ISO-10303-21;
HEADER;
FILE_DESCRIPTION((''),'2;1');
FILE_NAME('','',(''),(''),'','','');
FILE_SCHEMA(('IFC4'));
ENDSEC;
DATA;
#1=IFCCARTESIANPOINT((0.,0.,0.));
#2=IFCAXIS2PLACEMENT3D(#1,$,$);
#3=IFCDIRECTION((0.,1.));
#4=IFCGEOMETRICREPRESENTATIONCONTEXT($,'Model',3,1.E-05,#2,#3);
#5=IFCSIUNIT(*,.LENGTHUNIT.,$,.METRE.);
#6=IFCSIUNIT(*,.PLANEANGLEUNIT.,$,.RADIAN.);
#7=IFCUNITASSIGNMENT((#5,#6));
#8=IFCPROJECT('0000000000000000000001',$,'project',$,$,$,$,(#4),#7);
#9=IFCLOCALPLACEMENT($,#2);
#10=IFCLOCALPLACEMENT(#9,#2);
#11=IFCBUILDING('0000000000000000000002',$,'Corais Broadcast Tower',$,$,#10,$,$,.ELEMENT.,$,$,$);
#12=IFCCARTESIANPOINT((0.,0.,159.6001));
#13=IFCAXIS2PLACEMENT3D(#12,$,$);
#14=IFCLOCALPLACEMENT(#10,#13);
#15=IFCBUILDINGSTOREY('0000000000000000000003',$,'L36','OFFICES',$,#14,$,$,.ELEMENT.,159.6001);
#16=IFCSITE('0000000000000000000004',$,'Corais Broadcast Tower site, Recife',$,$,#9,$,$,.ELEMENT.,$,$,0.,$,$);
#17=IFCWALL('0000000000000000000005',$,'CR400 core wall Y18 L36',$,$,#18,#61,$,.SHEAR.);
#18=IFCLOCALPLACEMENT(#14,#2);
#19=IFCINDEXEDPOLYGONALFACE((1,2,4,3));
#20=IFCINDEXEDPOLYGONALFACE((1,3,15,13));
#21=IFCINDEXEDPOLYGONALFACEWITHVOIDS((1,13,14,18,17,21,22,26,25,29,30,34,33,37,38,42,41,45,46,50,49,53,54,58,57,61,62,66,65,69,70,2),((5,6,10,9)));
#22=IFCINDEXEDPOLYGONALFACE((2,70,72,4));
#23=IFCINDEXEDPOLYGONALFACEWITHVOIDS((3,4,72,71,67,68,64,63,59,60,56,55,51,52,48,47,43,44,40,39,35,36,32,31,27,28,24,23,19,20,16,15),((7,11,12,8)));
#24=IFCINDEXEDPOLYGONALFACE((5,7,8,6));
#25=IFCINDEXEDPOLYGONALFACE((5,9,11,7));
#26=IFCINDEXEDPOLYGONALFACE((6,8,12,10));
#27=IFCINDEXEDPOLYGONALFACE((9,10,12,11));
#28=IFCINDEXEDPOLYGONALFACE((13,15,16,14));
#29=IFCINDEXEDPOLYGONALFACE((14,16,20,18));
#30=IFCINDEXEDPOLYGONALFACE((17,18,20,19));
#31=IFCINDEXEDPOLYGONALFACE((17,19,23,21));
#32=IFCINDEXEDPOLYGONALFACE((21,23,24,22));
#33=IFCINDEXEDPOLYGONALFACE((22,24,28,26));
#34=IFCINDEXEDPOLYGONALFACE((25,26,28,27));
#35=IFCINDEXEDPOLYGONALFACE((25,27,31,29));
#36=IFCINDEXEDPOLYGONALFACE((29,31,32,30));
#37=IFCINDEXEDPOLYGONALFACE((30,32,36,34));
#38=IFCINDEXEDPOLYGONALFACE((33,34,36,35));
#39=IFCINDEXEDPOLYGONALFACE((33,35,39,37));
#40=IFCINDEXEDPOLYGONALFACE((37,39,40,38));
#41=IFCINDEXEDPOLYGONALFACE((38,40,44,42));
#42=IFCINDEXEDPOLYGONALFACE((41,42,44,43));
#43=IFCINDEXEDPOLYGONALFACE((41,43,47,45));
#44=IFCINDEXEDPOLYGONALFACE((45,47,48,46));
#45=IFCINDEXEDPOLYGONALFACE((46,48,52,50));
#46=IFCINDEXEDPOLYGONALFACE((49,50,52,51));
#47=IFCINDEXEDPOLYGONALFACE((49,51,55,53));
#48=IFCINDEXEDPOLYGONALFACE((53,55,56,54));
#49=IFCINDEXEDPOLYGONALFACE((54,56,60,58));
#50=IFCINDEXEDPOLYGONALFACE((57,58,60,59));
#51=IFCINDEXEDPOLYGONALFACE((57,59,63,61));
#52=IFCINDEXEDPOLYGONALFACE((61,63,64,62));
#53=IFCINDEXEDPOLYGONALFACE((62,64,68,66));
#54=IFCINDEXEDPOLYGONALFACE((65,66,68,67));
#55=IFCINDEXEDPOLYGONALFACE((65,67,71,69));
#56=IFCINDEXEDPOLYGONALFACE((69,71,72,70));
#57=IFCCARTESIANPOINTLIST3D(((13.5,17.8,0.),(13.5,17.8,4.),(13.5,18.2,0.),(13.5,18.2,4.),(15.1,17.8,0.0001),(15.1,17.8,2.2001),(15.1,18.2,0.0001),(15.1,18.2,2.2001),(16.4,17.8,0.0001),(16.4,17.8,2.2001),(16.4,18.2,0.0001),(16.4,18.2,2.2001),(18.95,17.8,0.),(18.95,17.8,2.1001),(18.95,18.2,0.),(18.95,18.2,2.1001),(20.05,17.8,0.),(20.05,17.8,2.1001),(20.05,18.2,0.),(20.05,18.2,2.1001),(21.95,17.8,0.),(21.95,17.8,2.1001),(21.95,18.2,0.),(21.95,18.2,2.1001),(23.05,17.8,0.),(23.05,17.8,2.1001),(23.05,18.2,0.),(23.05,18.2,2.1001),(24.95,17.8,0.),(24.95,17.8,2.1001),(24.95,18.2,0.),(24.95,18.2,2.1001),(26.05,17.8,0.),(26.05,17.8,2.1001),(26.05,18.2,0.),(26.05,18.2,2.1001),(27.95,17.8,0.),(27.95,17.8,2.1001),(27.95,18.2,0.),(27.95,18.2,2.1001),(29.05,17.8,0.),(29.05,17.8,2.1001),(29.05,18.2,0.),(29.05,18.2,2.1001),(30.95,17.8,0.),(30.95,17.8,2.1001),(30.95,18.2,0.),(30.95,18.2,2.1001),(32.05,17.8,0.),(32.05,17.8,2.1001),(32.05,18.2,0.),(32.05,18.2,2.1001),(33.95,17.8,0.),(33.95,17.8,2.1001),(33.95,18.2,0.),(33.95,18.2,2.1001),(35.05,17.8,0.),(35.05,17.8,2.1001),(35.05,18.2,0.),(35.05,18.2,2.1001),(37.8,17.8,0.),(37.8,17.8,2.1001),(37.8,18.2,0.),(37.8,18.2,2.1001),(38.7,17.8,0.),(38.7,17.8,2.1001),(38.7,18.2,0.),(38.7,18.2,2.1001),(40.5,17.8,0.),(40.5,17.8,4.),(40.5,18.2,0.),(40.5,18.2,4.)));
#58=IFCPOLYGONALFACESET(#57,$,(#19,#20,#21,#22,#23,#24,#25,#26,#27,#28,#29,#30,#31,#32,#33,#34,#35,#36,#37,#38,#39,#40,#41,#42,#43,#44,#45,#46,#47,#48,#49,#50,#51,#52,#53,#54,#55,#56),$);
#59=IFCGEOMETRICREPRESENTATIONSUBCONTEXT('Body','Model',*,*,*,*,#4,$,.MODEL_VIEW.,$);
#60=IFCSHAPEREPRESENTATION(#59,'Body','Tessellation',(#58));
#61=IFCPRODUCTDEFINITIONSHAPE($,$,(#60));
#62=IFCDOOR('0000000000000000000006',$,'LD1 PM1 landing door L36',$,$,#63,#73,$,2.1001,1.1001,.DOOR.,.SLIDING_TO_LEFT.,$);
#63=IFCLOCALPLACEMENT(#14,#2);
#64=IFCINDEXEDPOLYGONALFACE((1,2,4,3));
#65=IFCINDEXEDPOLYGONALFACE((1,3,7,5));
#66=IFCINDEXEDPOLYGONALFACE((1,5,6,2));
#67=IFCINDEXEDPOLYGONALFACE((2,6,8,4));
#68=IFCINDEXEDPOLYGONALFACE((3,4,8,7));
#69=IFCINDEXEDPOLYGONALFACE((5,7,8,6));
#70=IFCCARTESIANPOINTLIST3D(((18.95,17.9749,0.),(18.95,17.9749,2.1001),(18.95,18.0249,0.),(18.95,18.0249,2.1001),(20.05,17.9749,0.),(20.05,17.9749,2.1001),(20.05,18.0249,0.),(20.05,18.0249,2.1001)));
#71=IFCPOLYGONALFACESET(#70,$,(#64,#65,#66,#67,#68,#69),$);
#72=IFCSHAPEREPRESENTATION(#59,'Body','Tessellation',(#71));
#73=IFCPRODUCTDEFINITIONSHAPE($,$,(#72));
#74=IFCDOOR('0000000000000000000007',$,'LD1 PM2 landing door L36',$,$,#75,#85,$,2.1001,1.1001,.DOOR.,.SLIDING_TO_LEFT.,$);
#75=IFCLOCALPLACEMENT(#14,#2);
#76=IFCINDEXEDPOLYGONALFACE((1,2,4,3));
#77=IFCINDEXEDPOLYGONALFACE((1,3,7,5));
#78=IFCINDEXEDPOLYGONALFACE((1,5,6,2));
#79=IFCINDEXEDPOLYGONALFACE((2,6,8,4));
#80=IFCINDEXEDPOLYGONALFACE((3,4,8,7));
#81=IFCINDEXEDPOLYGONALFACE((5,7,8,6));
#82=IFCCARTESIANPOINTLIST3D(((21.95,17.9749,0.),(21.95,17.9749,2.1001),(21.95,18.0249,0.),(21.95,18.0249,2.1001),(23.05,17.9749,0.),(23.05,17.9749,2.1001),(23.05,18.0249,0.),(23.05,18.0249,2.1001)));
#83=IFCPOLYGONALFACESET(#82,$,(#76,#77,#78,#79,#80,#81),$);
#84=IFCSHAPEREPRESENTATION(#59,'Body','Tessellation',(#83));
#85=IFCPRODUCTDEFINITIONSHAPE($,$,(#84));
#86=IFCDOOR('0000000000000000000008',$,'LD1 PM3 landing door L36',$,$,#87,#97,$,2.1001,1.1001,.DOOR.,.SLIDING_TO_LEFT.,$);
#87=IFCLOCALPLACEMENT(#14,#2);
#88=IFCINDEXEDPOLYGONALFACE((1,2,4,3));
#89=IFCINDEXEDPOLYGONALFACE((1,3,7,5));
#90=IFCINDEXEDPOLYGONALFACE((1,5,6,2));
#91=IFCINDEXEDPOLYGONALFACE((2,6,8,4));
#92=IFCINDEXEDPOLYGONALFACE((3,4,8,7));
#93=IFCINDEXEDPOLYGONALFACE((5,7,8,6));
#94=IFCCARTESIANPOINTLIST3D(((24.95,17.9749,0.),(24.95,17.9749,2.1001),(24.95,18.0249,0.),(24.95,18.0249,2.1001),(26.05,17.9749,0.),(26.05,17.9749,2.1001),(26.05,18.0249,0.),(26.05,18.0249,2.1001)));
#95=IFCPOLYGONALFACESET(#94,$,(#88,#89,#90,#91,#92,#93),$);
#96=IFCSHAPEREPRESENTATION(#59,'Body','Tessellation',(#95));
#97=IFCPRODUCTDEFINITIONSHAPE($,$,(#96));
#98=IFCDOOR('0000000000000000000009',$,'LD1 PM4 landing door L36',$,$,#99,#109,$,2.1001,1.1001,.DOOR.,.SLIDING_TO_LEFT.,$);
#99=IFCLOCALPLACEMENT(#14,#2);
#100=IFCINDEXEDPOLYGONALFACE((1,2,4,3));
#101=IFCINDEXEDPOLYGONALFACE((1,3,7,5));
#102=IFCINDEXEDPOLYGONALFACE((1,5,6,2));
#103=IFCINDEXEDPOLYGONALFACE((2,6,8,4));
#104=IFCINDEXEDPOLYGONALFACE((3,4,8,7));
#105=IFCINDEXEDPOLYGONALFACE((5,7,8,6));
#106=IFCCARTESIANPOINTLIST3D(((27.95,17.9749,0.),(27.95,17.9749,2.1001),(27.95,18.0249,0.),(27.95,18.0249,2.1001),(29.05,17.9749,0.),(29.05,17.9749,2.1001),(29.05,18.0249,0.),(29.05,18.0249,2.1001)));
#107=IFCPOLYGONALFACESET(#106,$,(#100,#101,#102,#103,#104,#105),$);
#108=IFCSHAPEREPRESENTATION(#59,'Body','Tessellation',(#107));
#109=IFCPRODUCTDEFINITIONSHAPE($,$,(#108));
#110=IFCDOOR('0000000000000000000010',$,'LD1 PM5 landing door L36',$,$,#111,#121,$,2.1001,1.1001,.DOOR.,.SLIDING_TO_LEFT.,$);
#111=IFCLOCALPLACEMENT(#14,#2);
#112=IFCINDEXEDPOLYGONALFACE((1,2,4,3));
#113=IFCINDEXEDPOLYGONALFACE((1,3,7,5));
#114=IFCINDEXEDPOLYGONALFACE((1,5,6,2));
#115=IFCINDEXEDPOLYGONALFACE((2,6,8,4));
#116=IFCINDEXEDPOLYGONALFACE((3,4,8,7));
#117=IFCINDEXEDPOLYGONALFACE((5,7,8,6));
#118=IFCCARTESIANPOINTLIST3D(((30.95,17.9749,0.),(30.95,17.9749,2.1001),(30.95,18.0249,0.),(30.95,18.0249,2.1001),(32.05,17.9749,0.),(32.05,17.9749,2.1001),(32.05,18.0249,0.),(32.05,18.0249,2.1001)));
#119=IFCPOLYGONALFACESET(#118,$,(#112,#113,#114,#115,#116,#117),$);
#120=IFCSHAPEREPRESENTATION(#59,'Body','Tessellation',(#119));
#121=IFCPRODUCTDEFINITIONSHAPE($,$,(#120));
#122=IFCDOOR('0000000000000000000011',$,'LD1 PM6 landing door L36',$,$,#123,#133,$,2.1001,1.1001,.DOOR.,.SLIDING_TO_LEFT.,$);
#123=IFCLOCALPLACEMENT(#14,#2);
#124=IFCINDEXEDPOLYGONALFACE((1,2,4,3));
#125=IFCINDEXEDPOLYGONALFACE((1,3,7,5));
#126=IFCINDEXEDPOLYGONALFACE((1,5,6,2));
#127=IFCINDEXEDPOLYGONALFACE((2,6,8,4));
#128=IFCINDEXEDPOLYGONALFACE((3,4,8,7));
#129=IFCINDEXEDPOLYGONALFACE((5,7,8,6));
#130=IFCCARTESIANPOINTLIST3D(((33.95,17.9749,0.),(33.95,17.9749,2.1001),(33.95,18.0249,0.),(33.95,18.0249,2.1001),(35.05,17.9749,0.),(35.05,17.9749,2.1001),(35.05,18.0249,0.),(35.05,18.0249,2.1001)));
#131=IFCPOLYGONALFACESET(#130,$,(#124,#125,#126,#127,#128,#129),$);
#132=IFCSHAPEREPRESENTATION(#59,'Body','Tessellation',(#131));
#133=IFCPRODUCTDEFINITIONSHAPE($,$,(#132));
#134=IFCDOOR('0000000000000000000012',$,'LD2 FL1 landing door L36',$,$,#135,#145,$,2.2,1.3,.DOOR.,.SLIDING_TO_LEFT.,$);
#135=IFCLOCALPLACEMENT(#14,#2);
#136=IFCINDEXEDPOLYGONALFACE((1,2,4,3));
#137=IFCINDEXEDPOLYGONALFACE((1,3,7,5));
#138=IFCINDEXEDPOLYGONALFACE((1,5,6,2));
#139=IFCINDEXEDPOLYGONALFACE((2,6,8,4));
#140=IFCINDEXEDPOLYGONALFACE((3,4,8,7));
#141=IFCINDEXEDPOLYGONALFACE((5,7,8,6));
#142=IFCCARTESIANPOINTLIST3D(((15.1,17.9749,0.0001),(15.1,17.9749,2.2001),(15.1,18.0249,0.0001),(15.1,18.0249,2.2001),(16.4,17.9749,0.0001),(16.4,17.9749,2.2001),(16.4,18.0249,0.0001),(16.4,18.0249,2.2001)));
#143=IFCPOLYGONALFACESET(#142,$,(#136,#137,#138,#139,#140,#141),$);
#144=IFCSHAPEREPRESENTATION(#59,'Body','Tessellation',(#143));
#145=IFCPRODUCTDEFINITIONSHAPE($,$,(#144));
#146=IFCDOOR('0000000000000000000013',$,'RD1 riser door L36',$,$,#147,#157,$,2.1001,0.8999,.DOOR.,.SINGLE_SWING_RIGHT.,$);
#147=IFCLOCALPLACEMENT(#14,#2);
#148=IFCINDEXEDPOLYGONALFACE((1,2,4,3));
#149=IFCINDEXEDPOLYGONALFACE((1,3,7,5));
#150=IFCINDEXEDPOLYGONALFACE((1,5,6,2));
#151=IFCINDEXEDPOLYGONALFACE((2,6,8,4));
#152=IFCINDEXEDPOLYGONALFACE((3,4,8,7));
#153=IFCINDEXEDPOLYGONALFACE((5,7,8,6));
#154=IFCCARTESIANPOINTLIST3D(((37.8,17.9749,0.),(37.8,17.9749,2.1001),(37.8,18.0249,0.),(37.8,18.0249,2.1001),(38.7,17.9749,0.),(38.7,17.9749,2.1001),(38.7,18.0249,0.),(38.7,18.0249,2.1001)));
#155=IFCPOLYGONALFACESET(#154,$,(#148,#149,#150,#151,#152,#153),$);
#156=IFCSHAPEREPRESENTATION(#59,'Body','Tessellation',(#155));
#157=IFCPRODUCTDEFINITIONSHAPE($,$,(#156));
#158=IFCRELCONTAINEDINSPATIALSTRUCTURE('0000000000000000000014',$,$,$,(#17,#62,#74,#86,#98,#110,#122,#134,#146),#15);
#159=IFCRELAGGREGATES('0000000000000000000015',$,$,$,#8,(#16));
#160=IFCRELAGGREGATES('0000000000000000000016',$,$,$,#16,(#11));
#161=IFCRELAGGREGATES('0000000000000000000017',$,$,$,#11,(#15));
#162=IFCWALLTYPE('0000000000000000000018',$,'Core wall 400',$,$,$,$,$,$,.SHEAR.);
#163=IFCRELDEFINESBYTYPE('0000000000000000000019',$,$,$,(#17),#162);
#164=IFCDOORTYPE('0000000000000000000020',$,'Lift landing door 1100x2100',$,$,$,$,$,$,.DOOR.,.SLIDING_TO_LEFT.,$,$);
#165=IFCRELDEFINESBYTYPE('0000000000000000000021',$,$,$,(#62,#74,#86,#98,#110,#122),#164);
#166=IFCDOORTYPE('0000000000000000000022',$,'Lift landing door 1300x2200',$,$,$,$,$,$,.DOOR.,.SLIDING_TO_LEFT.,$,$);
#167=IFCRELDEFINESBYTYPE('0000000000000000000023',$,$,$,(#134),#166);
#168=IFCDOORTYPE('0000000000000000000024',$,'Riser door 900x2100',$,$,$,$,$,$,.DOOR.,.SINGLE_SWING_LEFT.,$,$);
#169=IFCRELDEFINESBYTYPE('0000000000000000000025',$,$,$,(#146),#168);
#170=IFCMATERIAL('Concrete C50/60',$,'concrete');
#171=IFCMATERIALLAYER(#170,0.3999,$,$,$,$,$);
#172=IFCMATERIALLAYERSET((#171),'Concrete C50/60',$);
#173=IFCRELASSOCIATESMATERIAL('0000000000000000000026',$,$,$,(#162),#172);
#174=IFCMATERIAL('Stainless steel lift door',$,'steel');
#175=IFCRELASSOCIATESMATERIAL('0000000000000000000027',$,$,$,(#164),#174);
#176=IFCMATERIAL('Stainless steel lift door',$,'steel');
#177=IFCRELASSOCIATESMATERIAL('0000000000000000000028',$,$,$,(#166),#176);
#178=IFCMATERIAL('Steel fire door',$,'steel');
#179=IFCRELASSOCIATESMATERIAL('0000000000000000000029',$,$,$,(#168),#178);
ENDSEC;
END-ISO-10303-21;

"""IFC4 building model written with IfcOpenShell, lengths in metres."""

from ifc_helpers import new_model, si_unit, direction, frame, frame_2d, origin, place, context, subcontext, project, spatial, rectangle, extrude, material, layer, layer_set, type_object, element, fill, save


model = new_model("IFC4")

# Units and contexts
model_context = context("Model", 3, precision=1e-05, world=origin(), true_north=direction((0.0, 1.0)))
body_context = subcontext(model_context, "Body", "Model", "MODEL_VIEW")
ifc_project = project(units=[si_unit("LENGTHUNIT", "METRE"), si_unit("PLANEANGLEUNIT", "RADIAN")], contexts=[model_context])

# Site, building, storey
site_placement = place(None, origin())
site = spatial("IfcSite", under=ifc_project, at=site_placement, Name="Corais Broadcast Tower site, Recife", CompositionType="ELEMENT", RefElevation=0.0)
building_placement = place(site_placement, origin())
building = spatial("IfcBuilding", under=site, at=building_placement, Name="Corais Broadcast Tower", CompositionType="ELEMENT")
storey_placement = place(building_placement, frame((0.0, 0.0, 159.6001)))
storey = spatial("IfcBuildingStorey", under=building, at=storey_placement, Name="L36", Description="OFFICES", CompositionType="ELEMENT", Elevation=159.6001)

# Shared definitions
ifc_material_1 = material(Name="Concrete C50/60", Category="concrete")
ifc_layer_1 = layer(ifc_material_1, 0.3999)
ifc_layer_set_1 = layer_set([ifc_layer_1], Name="Concrete C50/60")
wall_type_1 = type_object("IfcWallType", Name="Core wall 400", PredefinedType="SHEAR", material=ifc_layer_set_1)

# Wall, openings, doors
wall_1_placement = place(storey_placement, frame((13.5, 18.0, 0.0), z_axis=(0.0, 0.0, 1.0), x_axis=(1.0, 0.0, 0.0)))
wall_1 = element("IfcWall", 1, at=wall_1_placement, inside=storey, type_object=wall_type_1, Name="CR400 core wall Y18 L36", PredefinedType="SHEAR", context=body_context, shape_type="SweptSolid", body=[
    extrude(rectangle(XDim=27.0, YDim=0.3999, at=frame_2d((13.5, 0.0))), origin(), (0.0, 0.0, 1.0), 4.0),
])
opening_1_placement = place(wall_1_placement, frame((24.3, 0.0, 0.0)))
opening_1 = element("IfcOpeningElement", 2, at=opening_1_placement, cuts=wall_1, PredefinedType="OPENING", context=body_context, shape_type="SweptSolid", body=[
    extrude(rectangle(XDim=0.8999, YDim=2.1001, at=frame_2d((0.45, 1.05))), frame((0.0, 0.21, 0.0), z_axis=(0.0, -1.0, 0.0), x_axis=(1.0, 0.0, 0.0)), (0.0, 0.0, 1.0), 0.4199),
])
opening_2_placement = place(wall_1_placement, frame((5.45, 0.0, 0.0)))
opening_2 = element("IfcOpeningElement", 3, at=opening_2_placement, cuts=wall_1, PredefinedType="OPENING", context=body_context, shape_type="SweptSolid", body=[
    extrude(rectangle(XDim=1.1001, YDim=2.1001, at=frame_2d((0.55, 1.05))), frame((0.0, 0.21, 0.0), z_axis=(0.0, -1.0, 0.0), x_axis=(1.0, 0.0, 0.0)), (0.0, 0.0, 1.0), 0.4199),
])
opening_3_placement = place(wall_1_placement, frame((8.45, 0.0, 0.0)))
opening_3 = element("IfcOpeningElement", 4, at=opening_3_placement, cuts=wall_1, PredefinedType="OPENING", context=body_context, shape_type="SweptSolid", body=[
    extrude(rectangle(XDim=1.1001, YDim=2.1001, at=frame_2d((0.55, 1.05))), frame((0.0, 0.21, 0.0), z_axis=(0.0, -1.0, 0.0), x_axis=(1.0, 0.0, 0.0)), (0.0, 0.0, 1.0), 0.4199),
])
opening_4_placement = place(wall_1_placement, frame((11.45, 0.0, 0.0)))
opening_4 = element("IfcOpeningElement", 5, at=opening_4_placement, cuts=wall_1, PredefinedType="OPENING", context=body_context, shape_type="SweptSolid", body=[
    extrude(rectangle(XDim=1.1001, YDim=2.1001, at=frame_2d((0.55, 1.05))), frame((0.0, 0.21, 0.0), z_axis=(0.0, -1.0, 0.0), x_axis=(1.0, 0.0, 0.0)), (0.0, 0.0, 1.0), 0.4199),
])
opening_5_placement = place(wall_1_placement, frame((14.45, 0.0, 0.0)))
opening_5 = element("IfcOpeningElement", 6, at=opening_5_placement, cuts=wall_1, PredefinedType="OPENING", context=body_context, shape_type="SweptSolid", body=[
    extrude(rectangle(XDim=1.1001, YDim=2.1001, at=frame_2d((0.55, 1.05))), frame((0.0, 0.21, 0.0), z_axis=(0.0, -1.0, 0.0), x_axis=(1.0, 0.0, 0.0)), (0.0, 0.0, 1.0), 0.4199),
])
opening_6_placement = place(wall_1_placement, frame((17.45, 0.0, 0.0)))
opening_6 = element("IfcOpeningElement", 7, at=opening_6_placement, cuts=wall_1, PredefinedType="OPENING", context=body_context, shape_type="SweptSolid", body=[
    extrude(rectangle(XDim=1.1001, YDim=2.1001, at=frame_2d((0.55, 1.05))), frame((0.0, 0.21, 0.0), z_axis=(0.0, -1.0, 0.0), x_axis=(1.0, 0.0, 0.0)), (0.0, 0.0, 1.0), 0.4199),
])
opening_7_placement = place(wall_1_placement, frame((20.45, 0.0, 0.0)))
opening_7 = element("IfcOpeningElement", 8, at=opening_7_placement, cuts=wall_1, PredefinedType="OPENING", context=body_context, shape_type="SweptSolid", body=[
    extrude(rectangle(XDim=1.1001, YDim=2.1001, at=frame_2d((0.55, 1.05))), frame((0.0, 0.21, 0.0), z_axis=(0.0, -1.0, 0.0), x_axis=(1.0, 0.0, 0.0)), (0.0, 0.0, 1.0), 0.4199),
])
opening_8_placement = place(wall_1_placement, frame((1.6001, 0.0, 0.0)))
opening_8 = element("IfcOpeningElement", 9, at=opening_8_placement, cuts=wall_1, PredefinedType="OPENING", context=body_context, shape_type="SweptSolid", body=[
    extrude(rectangle(XDim=1.3, YDim=2.2, at=frame_2d((0.6499, 1.1001))), frame((0.0, 0.21, 0.0), z_axis=(0.0, -1.0, 0.0), x_axis=(1.0, 0.0, 0.0)), (0.0, 0.0, 1.0), 0.4199),
])
ifc_material_2 = material(Name="Stainless steel lift door", Category="steel")
door_type_1 = type_object("IfcDoorType", Name="Lift landing door 1100x2100", OperationType="SLIDING_TO_LEFT", PredefinedType="DOOR", material=ifc_material_2)
door_1_placement = place(opening_2_placement, origin())
door_1 = element("IfcDoor", 10, at=door_1_placement, inside=storey, type_object=door_type_1, Name="LD1 PM1 landing door L36", OperationType="SLIDING_TO_LEFT", OverallHeight=2.1001, OverallWidth=1.1001, PredefinedType="DOOR", context=body_context, shape_type="SweptSolid", body=[
    extrude(rectangle(XDim=1.1001, YDim=2.1001, at=frame_2d((0.55, 1.05))), frame((0.0, 0.0249, 0.0), z_axis=(0.0, -1.0, 0.0), x_axis=(1.0, 0.0, 0.0)), (0.0, 0.0, 1.0), 0.05),
])
fill(opening_2, door_1)
door_2_placement = place(opening_3_placement, origin())
door_2 = element("IfcDoor", 11, at=door_2_placement, inside=storey, type_object=door_type_1, Name="LD1 PM2 landing door L36", OperationType="SLIDING_TO_LEFT", OverallHeight=2.1001, OverallWidth=1.1001, PredefinedType="DOOR", context=body_context, shape_type="SweptSolid", body=[
    extrude(rectangle(XDim=1.1001, YDim=2.1001, at=frame_2d((0.55, 1.05))), frame((0.0, 0.0249, 0.0), z_axis=(0.0, -1.0, 0.0), x_axis=(1.0, 0.0, 0.0)), (0.0, 0.0, 1.0), 0.05),
])
fill(opening_3, door_2)
door_3_placement = place(opening_4_placement, origin())
door_3 = element("IfcDoor", 12, at=door_3_placement, inside=storey, type_object=door_type_1, Name="LD1 PM3 landing door L36", OperationType="SLIDING_TO_LEFT", OverallHeight=2.1001, OverallWidth=1.1001, PredefinedType="DOOR", context=body_context, shape_type="SweptSolid", body=[
    extrude(rectangle(XDim=1.1001, YDim=2.1001, at=frame_2d((0.55, 1.05))), frame((0.0, 0.0249, 0.0), z_axis=(0.0, -1.0, 0.0), x_axis=(1.0, 0.0, 0.0)), (0.0, 0.0, 1.0), 0.05),
])
fill(opening_4, door_3)
door_4_placement = place(opening_5_placement, origin())
door_4 = element("IfcDoor", 13, at=door_4_placement, inside=storey, type_object=door_type_1, Name="LD1 PM4 landing door L36", OperationType="SLIDING_TO_LEFT", OverallHeight=2.1001, OverallWidth=1.1001, PredefinedType="DOOR", context=body_context, shape_type="SweptSolid", body=[
    extrude(rectangle(XDim=1.1001, YDim=2.1001, at=frame_2d((0.55, 1.05))), frame((0.0, 0.0249, 0.0), z_axis=(0.0, -1.0, 0.0), x_axis=(1.0, 0.0, 0.0)), (0.0, 0.0, 1.0), 0.05),
])
fill(opening_5, door_4)
door_5_placement = place(opening_6_placement, origin())
door_5 = element("IfcDoor", 14, at=door_5_placement, inside=storey, type_object=door_type_1, Name="LD1 PM5 landing door L36", OperationType="SLIDING_TO_LEFT", OverallHeight=2.1001, OverallWidth=1.1001, PredefinedType="DOOR", context=body_context, shape_type="SweptSolid", body=[
    extrude(rectangle(XDim=1.1001, YDim=2.1001, at=frame_2d((0.55, 1.05))), frame((0.0, 0.0249, 0.0), z_axis=(0.0, -1.0, 0.0), x_axis=(1.0, 0.0, 0.0)), (0.0, 0.0, 1.0), 0.05),
])
fill(opening_6, door_5)
door_6_placement = place(opening_7_placement, origin())
door_6 = element("IfcDoor", 15, at=door_6_placement, inside=storey, type_object=door_type_1, Name="LD1 PM6 landing door L36", OperationType="SLIDING_TO_LEFT", OverallHeight=2.1001, OverallWidth=1.1001, PredefinedType="DOOR", context=body_context, shape_type="SweptSolid", body=[
    extrude(rectangle(XDim=1.1001, YDim=2.1001, at=frame_2d((0.55, 1.05))), frame((0.0, 0.0249, 0.0), z_axis=(0.0, -1.0, 0.0), x_axis=(1.0, 0.0, 0.0)), (0.0, 0.0, 1.0), 0.05),
])
fill(opening_7, door_6)
ifc_material_3 = material(Name="Stainless steel lift door", Category="steel")
door_type_2 = type_object("IfcDoorType", Name="Lift landing door 1300x2200", OperationType="SLIDING_TO_LEFT", PredefinedType="DOOR", material=ifc_material_3)
door_7_placement = place(opening_8_placement, origin())
door_7 = element("IfcDoor", 16, at=door_7_placement, inside=storey, type_object=door_type_2, Name="LD2 FL1 landing door L36", OperationType="SLIDING_TO_LEFT", OverallHeight=2.2, OverallWidth=1.3, PredefinedType="DOOR", context=body_context, shape_type="SweptSolid", body=[
    extrude(rectangle(XDim=1.3, YDim=2.2, at=frame_2d((0.6499, 1.1001))), frame((0.0, 0.0249, 0.0), z_axis=(0.0, -1.0, 0.0), x_axis=(1.0, 0.0, 0.0)), (0.0, 0.0, 1.0), 0.05),
])
fill(opening_8, door_7)
ifc_material_4 = material(Name="Steel fire door", Category="steel")
door_type_3 = type_object("IfcDoorType", Name="Riser door 900x2100", OperationType="SINGLE_SWING_LEFT", PredefinedType="DOOR", material=ifc_material_4)
door_8_placement = place(opening_1_placement, origin())
door_8 = element("IfcDoor", 17, at=door_8_placement, inside=storey, type_object=door_type_3, Name="RD1 riser door L36", OperationType="SINGLE_SWING_RIGHT", OverallHeight=2.1001, OverallWidth=0.8999, PredefinedType="DOOR", context=body_context, shape_type="SweptSolid", body=[
    extrude(rectangle(XDim=0.8999, YDim=2.1001, at=frame_2d((0.45, 1.05))), frame((0.0, 0.0249, 0.0), z_axis=(0.0, -1.0, 0.0), x_axis=(1.0, 0.0, 0.0)), (0.0, 0.0, 1.0), 0.05),
])
fill(opening_1, door_8)

save(model, "model.ifc")
